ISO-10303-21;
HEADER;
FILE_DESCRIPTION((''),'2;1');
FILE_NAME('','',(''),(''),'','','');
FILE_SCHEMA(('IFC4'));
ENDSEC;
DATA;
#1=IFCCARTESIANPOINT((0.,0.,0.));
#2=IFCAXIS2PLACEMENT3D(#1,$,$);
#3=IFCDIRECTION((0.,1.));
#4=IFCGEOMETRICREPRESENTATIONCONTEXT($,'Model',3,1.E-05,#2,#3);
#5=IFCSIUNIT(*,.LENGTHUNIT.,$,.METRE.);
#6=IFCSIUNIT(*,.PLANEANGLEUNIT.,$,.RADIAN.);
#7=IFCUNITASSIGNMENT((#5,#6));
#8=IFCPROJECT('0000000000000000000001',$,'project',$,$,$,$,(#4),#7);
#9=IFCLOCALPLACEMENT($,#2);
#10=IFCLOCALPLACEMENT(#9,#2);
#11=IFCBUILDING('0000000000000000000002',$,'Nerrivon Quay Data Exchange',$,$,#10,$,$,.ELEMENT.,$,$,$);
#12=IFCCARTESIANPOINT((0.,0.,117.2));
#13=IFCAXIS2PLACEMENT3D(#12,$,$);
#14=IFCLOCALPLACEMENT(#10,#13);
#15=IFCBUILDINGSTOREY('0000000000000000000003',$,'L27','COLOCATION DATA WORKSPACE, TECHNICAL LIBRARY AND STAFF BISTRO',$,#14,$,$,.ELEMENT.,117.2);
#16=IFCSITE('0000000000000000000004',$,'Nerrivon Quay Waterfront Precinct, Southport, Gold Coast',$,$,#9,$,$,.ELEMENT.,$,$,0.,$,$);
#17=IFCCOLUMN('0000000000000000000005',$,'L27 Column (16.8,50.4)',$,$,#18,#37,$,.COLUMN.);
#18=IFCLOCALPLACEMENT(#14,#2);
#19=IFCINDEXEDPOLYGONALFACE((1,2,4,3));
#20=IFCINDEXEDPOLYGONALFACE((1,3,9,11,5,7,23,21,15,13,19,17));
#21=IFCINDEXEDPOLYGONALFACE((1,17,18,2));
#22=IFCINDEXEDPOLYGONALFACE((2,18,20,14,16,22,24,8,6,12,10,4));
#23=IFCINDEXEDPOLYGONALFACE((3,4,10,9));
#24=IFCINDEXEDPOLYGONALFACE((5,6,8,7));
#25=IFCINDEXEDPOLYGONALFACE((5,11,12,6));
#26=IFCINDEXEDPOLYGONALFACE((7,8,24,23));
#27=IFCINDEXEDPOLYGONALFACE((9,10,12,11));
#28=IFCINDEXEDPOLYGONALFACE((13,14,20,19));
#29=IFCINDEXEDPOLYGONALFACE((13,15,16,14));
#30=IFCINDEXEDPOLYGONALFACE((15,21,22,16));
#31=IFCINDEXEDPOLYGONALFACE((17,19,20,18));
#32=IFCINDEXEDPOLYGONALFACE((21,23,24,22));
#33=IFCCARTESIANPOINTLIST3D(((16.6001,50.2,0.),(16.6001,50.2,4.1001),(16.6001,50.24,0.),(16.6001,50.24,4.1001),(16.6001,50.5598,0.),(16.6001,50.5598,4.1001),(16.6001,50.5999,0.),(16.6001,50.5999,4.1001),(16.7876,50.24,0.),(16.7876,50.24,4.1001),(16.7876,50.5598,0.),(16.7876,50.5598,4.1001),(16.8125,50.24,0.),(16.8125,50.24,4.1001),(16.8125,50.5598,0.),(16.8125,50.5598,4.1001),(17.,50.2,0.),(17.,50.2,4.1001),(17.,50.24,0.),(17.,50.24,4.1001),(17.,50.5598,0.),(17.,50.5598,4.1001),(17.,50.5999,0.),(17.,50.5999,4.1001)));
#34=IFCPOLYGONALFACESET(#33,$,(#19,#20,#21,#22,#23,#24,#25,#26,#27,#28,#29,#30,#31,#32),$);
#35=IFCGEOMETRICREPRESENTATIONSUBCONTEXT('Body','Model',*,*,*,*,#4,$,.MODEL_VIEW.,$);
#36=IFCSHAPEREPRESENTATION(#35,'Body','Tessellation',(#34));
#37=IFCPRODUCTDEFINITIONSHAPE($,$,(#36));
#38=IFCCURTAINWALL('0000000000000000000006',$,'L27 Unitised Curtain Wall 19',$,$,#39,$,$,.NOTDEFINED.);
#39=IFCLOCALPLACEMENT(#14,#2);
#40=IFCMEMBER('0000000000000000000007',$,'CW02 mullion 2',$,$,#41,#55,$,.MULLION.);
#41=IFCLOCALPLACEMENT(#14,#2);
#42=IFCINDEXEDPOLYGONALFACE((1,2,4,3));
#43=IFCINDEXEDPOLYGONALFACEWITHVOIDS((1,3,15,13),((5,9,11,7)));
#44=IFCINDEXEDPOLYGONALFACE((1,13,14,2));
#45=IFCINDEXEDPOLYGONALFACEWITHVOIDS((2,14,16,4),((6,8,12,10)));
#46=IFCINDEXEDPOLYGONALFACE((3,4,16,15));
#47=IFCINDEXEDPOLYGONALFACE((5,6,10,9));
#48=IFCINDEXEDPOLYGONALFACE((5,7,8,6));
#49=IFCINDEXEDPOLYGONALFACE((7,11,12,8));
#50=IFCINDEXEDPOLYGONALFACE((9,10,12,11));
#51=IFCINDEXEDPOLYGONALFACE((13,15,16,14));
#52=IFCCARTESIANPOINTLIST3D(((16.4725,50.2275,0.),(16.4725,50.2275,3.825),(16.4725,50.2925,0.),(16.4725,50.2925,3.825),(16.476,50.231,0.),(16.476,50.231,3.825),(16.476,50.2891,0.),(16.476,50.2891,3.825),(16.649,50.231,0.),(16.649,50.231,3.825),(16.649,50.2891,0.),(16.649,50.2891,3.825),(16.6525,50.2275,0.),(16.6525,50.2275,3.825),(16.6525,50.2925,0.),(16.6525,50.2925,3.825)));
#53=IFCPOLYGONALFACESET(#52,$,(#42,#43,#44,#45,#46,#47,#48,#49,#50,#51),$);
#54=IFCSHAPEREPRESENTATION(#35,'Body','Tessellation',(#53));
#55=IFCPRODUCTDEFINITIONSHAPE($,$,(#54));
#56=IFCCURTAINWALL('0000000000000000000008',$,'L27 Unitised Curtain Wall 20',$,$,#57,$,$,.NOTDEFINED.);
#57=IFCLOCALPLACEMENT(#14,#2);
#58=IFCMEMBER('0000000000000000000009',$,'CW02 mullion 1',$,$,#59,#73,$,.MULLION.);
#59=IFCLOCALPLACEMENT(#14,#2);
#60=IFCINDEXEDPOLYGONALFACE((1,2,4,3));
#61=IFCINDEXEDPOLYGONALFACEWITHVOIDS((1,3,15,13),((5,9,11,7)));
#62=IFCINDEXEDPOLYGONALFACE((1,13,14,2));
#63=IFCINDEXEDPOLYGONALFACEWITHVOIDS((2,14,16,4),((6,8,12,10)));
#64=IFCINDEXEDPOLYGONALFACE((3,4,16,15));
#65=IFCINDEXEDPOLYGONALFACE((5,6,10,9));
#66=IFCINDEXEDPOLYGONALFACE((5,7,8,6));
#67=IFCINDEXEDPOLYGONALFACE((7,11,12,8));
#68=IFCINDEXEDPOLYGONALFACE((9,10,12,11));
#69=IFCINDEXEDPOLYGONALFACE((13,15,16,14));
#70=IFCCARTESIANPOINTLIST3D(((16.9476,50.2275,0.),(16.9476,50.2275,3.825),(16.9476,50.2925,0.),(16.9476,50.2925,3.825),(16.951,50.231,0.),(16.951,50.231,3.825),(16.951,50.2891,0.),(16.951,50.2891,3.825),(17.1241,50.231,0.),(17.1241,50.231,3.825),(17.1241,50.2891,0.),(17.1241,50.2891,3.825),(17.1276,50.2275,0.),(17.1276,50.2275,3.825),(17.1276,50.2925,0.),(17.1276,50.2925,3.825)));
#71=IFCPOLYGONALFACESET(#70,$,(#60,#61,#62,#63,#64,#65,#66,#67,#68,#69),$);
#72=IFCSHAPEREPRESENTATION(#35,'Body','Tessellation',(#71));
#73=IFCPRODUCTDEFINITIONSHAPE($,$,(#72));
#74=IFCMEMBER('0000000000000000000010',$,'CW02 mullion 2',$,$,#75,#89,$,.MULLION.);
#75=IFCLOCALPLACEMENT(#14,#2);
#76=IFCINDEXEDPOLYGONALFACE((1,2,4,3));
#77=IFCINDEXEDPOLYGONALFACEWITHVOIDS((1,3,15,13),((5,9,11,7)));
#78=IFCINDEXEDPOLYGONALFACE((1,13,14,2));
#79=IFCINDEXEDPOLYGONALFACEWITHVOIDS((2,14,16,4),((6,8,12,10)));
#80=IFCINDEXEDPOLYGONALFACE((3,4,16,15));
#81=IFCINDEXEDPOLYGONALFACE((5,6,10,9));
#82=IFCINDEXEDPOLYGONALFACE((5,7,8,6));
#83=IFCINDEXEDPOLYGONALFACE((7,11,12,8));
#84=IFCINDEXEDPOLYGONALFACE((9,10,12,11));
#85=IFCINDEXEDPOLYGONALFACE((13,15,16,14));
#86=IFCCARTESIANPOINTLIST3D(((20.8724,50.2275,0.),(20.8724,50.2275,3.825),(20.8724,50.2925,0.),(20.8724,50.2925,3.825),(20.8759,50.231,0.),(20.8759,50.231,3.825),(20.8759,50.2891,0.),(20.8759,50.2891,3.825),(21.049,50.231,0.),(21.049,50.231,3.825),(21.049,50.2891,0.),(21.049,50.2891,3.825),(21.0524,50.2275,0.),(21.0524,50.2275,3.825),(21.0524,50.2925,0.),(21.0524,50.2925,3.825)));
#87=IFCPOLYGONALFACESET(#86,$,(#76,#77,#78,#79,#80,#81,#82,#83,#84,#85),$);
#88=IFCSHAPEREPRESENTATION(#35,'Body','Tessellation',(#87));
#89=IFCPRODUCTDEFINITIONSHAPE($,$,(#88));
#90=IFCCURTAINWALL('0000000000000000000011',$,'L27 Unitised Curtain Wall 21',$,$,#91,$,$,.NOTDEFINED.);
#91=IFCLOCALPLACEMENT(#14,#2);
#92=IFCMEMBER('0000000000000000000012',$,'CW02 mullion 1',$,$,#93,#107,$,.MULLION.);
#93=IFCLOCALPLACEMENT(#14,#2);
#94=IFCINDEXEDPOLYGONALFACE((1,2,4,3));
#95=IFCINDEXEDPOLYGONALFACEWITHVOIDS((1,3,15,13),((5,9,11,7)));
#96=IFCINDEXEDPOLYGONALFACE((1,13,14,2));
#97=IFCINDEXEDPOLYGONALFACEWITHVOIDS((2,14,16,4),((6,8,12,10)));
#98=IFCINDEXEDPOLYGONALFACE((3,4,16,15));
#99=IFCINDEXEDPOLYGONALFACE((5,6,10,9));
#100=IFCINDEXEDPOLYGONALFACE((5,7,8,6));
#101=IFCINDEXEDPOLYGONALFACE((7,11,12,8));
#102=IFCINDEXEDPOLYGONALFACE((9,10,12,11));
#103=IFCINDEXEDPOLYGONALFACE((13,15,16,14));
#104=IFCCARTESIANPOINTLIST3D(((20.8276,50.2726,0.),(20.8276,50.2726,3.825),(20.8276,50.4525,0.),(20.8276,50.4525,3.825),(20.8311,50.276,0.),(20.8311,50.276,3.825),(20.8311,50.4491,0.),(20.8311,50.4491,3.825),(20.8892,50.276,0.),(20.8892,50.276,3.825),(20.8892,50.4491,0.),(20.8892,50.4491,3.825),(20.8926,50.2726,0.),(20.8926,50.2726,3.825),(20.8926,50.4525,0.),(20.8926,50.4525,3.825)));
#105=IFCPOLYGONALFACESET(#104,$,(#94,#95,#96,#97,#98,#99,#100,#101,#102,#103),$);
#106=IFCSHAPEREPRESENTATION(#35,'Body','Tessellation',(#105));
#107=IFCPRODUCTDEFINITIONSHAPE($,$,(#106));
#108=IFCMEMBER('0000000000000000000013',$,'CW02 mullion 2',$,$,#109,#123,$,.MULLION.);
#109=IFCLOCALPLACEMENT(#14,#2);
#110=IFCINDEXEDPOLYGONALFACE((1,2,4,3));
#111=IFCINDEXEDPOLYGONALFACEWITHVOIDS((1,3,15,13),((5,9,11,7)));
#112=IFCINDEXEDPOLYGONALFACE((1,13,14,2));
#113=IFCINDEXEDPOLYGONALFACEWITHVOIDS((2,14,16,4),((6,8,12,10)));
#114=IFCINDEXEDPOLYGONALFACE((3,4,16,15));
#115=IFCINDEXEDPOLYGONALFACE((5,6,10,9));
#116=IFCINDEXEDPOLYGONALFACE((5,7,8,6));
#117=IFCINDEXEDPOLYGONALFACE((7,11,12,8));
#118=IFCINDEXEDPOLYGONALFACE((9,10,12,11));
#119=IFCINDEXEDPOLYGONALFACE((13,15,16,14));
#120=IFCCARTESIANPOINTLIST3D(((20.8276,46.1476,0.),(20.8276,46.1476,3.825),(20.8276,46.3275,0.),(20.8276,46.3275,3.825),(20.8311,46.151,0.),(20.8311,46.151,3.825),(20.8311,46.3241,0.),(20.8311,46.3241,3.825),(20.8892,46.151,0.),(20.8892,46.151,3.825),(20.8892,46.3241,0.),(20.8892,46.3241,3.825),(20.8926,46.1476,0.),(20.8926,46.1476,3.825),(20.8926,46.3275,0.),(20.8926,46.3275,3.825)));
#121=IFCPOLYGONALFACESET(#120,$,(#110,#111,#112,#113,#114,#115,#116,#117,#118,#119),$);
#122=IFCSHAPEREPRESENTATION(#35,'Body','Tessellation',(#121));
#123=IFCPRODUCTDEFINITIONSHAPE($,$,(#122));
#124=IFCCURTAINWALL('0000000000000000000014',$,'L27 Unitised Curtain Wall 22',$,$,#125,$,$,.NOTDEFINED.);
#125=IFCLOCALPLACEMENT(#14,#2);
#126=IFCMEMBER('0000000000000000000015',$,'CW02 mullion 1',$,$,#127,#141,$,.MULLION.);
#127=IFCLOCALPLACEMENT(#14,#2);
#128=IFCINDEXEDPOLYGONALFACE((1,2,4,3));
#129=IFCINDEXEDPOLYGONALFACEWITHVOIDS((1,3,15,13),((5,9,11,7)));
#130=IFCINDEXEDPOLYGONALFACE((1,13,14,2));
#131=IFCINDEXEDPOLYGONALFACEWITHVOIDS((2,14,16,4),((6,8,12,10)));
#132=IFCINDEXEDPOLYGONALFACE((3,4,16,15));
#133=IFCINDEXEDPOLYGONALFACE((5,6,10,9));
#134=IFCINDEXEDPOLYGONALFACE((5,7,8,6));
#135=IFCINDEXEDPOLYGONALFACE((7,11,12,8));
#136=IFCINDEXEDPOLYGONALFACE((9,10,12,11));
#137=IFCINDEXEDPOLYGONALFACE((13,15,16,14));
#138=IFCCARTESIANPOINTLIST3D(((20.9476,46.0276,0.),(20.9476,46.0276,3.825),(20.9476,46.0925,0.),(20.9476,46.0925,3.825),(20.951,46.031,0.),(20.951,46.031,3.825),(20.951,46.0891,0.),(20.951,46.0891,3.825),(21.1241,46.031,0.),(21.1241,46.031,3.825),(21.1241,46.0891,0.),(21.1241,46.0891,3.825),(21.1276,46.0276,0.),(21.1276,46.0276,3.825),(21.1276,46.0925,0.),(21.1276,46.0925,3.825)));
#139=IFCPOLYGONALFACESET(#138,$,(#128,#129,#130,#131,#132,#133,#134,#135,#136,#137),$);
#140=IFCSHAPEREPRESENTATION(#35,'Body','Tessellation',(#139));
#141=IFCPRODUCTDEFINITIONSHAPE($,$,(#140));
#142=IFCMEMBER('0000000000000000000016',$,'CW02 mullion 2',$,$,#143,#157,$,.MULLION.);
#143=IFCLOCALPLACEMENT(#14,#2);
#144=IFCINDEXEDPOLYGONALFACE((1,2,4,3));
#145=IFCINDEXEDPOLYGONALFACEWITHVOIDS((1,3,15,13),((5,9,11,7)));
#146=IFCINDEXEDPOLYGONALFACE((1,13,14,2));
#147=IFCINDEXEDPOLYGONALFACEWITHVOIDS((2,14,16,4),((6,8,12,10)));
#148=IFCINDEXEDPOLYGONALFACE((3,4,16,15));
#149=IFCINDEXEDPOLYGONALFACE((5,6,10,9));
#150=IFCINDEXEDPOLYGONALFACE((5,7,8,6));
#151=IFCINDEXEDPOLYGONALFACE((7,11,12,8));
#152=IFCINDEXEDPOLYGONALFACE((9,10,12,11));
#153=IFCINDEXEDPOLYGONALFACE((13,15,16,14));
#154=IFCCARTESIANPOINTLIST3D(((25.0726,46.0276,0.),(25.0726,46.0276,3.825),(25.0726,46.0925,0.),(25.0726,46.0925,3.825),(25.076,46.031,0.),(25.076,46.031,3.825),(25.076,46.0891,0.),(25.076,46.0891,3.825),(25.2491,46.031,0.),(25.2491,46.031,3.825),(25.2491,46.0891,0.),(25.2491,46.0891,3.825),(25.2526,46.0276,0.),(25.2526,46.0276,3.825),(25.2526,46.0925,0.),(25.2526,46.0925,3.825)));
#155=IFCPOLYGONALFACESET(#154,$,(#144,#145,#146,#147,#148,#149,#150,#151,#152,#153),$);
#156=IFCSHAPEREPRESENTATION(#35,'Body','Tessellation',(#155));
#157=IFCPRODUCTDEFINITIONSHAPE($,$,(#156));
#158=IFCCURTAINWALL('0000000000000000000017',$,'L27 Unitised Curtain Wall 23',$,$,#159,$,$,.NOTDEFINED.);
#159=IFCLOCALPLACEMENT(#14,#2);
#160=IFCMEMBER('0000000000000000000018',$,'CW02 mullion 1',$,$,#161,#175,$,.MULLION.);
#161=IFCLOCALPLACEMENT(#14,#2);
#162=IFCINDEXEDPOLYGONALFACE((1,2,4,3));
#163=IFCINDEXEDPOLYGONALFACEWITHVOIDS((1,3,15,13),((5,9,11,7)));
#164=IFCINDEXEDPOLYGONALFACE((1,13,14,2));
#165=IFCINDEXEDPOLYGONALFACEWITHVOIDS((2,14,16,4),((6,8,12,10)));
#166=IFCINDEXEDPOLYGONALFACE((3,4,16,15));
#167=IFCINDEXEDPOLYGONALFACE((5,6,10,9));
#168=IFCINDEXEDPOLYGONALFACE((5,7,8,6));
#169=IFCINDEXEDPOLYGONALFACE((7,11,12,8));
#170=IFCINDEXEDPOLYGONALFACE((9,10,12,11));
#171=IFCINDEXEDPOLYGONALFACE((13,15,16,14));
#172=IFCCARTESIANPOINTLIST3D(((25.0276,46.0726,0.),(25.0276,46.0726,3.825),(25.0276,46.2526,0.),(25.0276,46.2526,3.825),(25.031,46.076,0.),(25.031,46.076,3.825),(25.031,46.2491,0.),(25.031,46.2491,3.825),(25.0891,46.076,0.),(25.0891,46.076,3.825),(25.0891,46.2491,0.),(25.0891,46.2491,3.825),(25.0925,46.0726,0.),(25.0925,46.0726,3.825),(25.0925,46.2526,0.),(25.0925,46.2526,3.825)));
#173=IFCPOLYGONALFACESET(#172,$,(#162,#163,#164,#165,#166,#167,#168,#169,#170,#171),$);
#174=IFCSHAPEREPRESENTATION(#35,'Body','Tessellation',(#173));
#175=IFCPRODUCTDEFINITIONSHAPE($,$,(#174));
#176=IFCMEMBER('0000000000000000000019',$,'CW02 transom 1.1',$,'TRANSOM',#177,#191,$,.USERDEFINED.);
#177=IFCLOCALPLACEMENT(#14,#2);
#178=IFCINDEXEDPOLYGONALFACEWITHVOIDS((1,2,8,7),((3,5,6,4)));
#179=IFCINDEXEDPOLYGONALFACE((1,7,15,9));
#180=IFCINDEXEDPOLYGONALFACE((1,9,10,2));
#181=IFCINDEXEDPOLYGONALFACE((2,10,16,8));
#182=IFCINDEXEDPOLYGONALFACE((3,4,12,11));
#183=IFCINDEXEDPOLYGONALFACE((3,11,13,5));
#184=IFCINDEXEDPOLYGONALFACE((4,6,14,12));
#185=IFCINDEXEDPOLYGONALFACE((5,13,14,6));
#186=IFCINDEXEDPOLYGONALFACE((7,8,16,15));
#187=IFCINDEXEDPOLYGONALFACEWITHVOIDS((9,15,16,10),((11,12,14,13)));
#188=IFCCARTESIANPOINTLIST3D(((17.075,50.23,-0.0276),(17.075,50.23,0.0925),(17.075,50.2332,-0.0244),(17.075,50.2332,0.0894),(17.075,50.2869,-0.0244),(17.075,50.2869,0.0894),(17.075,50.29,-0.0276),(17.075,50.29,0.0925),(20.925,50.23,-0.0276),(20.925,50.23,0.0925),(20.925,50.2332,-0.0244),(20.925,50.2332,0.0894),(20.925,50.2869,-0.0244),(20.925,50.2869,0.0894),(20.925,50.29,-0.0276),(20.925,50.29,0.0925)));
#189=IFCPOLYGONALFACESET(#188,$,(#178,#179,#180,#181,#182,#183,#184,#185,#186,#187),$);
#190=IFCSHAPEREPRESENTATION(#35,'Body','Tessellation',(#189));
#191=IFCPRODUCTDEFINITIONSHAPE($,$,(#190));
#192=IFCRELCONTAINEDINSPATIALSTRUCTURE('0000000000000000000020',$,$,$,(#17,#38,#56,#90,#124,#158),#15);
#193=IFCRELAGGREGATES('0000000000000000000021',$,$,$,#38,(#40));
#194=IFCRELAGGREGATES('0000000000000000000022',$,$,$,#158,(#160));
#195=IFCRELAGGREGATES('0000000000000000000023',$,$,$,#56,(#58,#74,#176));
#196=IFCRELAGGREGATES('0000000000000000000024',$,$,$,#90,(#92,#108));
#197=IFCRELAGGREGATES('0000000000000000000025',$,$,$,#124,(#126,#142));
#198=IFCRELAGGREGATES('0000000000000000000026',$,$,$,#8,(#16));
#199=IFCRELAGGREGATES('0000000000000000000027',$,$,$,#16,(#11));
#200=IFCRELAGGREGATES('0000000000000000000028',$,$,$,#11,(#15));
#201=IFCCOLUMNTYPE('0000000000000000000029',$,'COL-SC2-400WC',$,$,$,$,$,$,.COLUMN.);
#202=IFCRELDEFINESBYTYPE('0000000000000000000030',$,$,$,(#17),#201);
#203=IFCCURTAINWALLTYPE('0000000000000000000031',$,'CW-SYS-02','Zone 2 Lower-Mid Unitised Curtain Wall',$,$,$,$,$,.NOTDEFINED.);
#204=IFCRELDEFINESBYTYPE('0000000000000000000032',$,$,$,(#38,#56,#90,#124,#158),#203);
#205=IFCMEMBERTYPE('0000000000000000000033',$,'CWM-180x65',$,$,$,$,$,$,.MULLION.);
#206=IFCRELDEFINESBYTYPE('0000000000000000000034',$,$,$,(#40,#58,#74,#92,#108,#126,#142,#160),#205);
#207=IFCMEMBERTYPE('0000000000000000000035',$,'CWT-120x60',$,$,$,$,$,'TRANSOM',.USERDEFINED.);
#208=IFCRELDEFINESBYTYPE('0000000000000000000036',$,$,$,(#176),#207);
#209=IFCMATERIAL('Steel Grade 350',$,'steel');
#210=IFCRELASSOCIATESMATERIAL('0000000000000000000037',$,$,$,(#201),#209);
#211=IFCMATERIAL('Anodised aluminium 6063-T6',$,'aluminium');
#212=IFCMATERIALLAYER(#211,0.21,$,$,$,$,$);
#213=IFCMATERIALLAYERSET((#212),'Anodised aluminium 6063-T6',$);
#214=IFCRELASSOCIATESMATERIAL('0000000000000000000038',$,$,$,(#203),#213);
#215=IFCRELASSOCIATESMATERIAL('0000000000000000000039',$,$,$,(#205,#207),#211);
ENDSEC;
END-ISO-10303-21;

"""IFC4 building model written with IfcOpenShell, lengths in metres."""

from ifc_helpers import new_model, si_unit, direction, frame, origin, origin_2d, place, context, subcontext, project, spatial, hollow_rectangle, i_section, extrude, material, layer, layer_set, material_profile, profile_set, type_object, element, aggregate, save


model = new_model("IFC4")

# Units and contexts
model_context = context("Model", 3, precision=1e-05, world=origin(), true_north=direction((0.0, 1.0)))
body_context = subcontext(model_context, "Body", "Model", "MODEL_VIEW")
ifc_project = project(units=[si_unit("LENGTHUNIT", "METRE"), si_unit("PLANEANGLEUNIT", "RADIAN")], contexts=[model_context])

# Site, building, storey
site_placement = place(None, origin())
site = spatial("IfcSite", under=ifc_project, at=site_placement, Name="Nerrivon Quay Waterfront Precinct, Southport, Gold Coast", CompositionType="ELEMENT", RefElevation=0.0)
building_placement = place(site_placement, origin())
building = spatial("IfcBuilding", under=site, at=building_placement, Name="Nerrivon Quay Data Exchange", CompositionType="ELEMENT")
storey_placement = place(building_placement, frame((0.0, 0.0, 117.2)))
storey = spatial("IfcBuildingStorey", under=building, at=storey_placement, Name="L27", Description="COLOCATION DATA WORKSPACE, TECHNICAL LIBRARY AND STAFF BISTRO", CompositionType="ELEMENT", Elevation=117.2)

# Column
ifc_material_1 = material(Name="Steel Grade 350", Category="steel")
ifc_material_profile_1 = material_profile(ifc_material_1, i_section(OverallWidth=0.3999, OverallDepth=0.3999, WebThickness=0.0249, FlangeThickness=0.04, at=origin_2d()), Name="400WC328")
ifc_profile_set_1 = profile_set([ifc_material_profile_1], Name="Steel Grade 350")
column_type = type_object("IfcColumnType", Name="COL-SC2-400WC", PredefinedType="COLUMN", material=ifc_profile_set_1)
column_placement = place(storey_placement, frame((16.8, 50.3999, 0.0), z_axis=(0.0, 0.0, 1.0), x_axis=(1.0, 0.0, 0.0)))
element("IfcColumn", 1, at=column_placement, inside=storey, type_object=column_type, Name="L27 Column (16.8,50.4)", PredefinedType="COLUMN", context=body_context, shape_type="SweptSolid", body=[
    extrude(i_section(OverallWidth=0.3999, OverallDepth=0.3999, WebThickness=0.0249, FlangeThickness=0.04, at=origin_2d()), origin(), (0.0, 0.0, 1.0), 4.1001),
])

# Curtain wall, member
ifc_material_2 = material(Name="Anodised aluminium 6063-T6", Category="aluminium")
ifc_layer_1 = layer(ifc_material_2, 0.21)
ifc_layer_set_1 = layer_set([ifc_layer_1], Name="Anodised aluminium 6063-T6")
curtain_wall_type = type_object("IfcCurtainWallType", Name="CW-SYS-02", Description="Zone 2 Lower-Mid Unitised Curtain Wall", PredefinedType="NOTDEFINED", material=ifc_layer_set_1)
curtain_wall_1_placement = place(storey_placement, origin())
curtain_wall_1 = element("IfcCurtainWall", 2, at=curtain_wall_1_placement, inside=storey, type_object=curtain_wall_type, Name="L27 Unitised Curtain Wall 19", PredefinedType="NOTDEFINED")
ifc_material_profile_2 = material_profile(ifc_material_2, hollow_rectangle(XDim=0.0649, YDim=0.1799, WallThickness=0.0034, at=origin_2d()), Name="ALU-MULL-180x65")
ifc_profile_set_2 = profile_set([ifc_material_profile_2], Name="Anodised aluminium 6063-T6")
member_type_1 = type_object("IfcMemberType", Name="CWM-180x65", PredefinedType="MULLION", material=ifc_profile_set_2)
member_1_placement = place(storey_placement, frame((16.5625, 50.26, 0.0), z_axis=(0.0, 0.0, 1.0), x_axis=(0.0, 1.0, 0.0)))
member_1 = element("IfcMember", 3, at=member_1_placement, type_object=member_type_1, Name="CW02 mullion 2", PredefinedType="MULLION", context=body_context, shape_type="SweptSolid", body=[
    extrude(hollow_rectangle(XDim=0.0649, YDim=0.1799, WallThickness=0.0034, at=origin_2d()), origin(), (0.0, 0.0, 1.0), 3.825),
])
aggregate(curtain_wall_1, [member_1])

# Curtain walls, members
curtain_wall_2_placement = place(storey_placement, origin())
curtain_wall_2 = element("IfcCurtainWall", 4, at=curtain_wall_2_placement, inside=storey, type_object=curtain_wall_type, Name="L27 Unitised Curtain Wall 20", PredefinedType="NOTDEFINED")
member_2_placement = place(storey_placement, frame((17.0376, 50.26, 0.0), z_axis=(0.0, 0.0, 1.0), x_axis=(0.0, 1.0, 0.0)))
member_2 = element("IfcMember", 5, at=member_2_placement, type_object=member_type_1, Name="CW02 mullion 1", PredefinedType="MULLION", context=body_context, shape_type="SweptSolid", body=[
    extrude(hollow_rectangle(XDim=0.0649, YDim=0.1799, WallThickness=0.0034, at=origin_2d()), origin(), (0.0, 0.0, 1.0), 3.825),
])
member_3_placement = place(storey_placement, frame((20.9624, 50.26, 0.0), z_axis=(0.0, 0.0, 1.0), x_axis=(0.0, 1.0, 0.0)))
member_3 = element("IfcMember", 6, at=member_3_placement, type_object=member_type_1, Name="CW02 mullion 2", PredefinedType="MULLION", context=body_context, shape_type="SweptSolid", body=[
    extrude(hollow_rectangle(XDim=0.0649, YDim=0.1799, WallThickness=0.0034, at=origin_2d()), origin(), (0.0, 0.0, 1.0), 3.825),
])
curtain_wall_3_placement = place(storey_placement, origin())
curtain_wall_3 = element("IfcCurtainWall", 7, at=curtain_wall_3_placement, inside=storey, type_object=curtain_wall_type, Name="L27 Unitised Curtain Wall 21", PredefinedType="NOTDEFINED")
member_4_placement = place(storey_placement, frame((20.8601, 50.3625, 0.0), z_axis=(0.0, 0.0, 1.0), x_axis=(1.0, 0.0, 0.0)))
member_4 = element("IfcMember", 8, at=member_4_placement, type_object=member_type_1, Name="CW02 mullion 1", PredefinedType="MULLION", context=body_context, shape_type="SweptSolid", body=[
    extrude(hollow_rectangle(XDim=0.0649, YDim=0.1799, WallThickness=0.0034, at=origin_2d()), origin(), (0.0, 0.0, 1.0), 3.825),
])
member_5_placement = place(storey_placement, frame((20.8601, 46.2375, 0.0), z_axis=(0.0, 0.0, 1.0), x_axis=(1.0, 0.0, 0.0)))
member_5 = element("IfcMember", 9, at=member_5_placement, type_object=member_type_1, Name="CW02 mullion 2", PredefinedType="MULLION", context=body_context, shape_type="SweptSolid", body=[
    extrude(hollow_rectangle(XDim=0.0649, YDim=0.1799, WallThickness=0.0034, at=origin_2d()), origin(), (0.0, 0.0, 1.0), 3.825),
])
curtain_wall_4_placement = place(storey_placement, origin())
curtain_wall_4 = element("IfcCurtainWall", 10, at=curtain_wall_4_placement, inside=storey, type_object=curtain_wall_type, Name="L27 Unitised Curtain Wall 22", PredefinedType="NOTDEFINED")
member_6_placement = place(storey_placement, frame((21.0376, 46.0601, 0.0), z_axis=(0.0, 0.0, 1.0), x_axis=(0.0, 1.0, 0.0)))
member_6 = element("IfcMember", 11, at=member_6_placement, type_object=member_type_1, Name="CW02 mullion 1", PredefinedType="MULLION", context=body_context, shape_type="SweptSolid", body=[
    extrude(hollow_rectangle(XDim=0.0649, YDim=0.1799, WallThickness=0.0034, at=origin_2d()), origin(), (0.0, 0.0, 1.0), 3.825),
])
member_7_placement = place(storey_placement, frame((25.1626, 46.0601, 0.0), z_axis=(0.0, 0.0, 1.0), x_axis=(0.0, 1.0, 0.0)))
member_7 = element("IfcMember", 12, at=member_7_placement, type_object=member_type_1, Name="CW02 mullion 2", PredefinedType="MULLION", context=body_context, shape_type="SweptSolid", body=[
    extrude(hollow_rectangle(XDim=0.0649, YDim=0.1799, WallThickness=0.0034, at=origin_2d()), origin(), (0.0, 0.0, 1.0), 3.825),
])

# Curtain wall, member
curtain_wall_5_placement = place(storey_placement, origin())
curtain_wall_5 = element("IfcCurtainWall", 13, at=curtain_wall_5_placement, inside=storey, type_object=curtain_wall_type, Name="L27 Unitised Curtain Wall 23", PredefinedType="NOTDEFINED")
member_8_placement = place(storey_placement, frame((25.0601, 46.1626, 0.0), z_axis=(0.0, 0.0, 1.0), x_axis=(1.0, 0.0, 0.0)))
member_8 = element("IfcMember", 14, at=member_8_placement, type_object=member_type_1, Name="CW02 mullion 1", PredefinedType="MULLION", context=body_context, shape_type="SweptSolid", body=[
    extrude(hollow_rectangle(XDim=0.0649, YDim=0.1799, WallThickness=0.0034, at=origin_2d()), origin(), (0.0, 0.0, 1.0), 3.825),
])

# Member
ifc_material_profile_3 = material_profile(ifc_material_2, hollow_rectangle(XDim=0.0601, YDim=0.1201, WallThickness=0.0032, at=origin_2d()), Name="ALU-TRAN-120x60")
ifc_profile_set_3 = profile_set([ifc_material_profile_3], Name="Anodised aluminium 6063-T6")
member_type_2 = type_object("IfcMemberType", Name="CWT-120x60", ElementType="TRANSOM", PredefinedType="USERDEFINED", material=ifc_profile_set_3)
member_9_placement = place(storey_placement, frame((17.075, 50.26, 0.0325), z_axis=(1.0, 0.0, 0.0), x_axis=(0.0, 1.0, 0.0)))
member_9 = element("IfcMember", 15, at=member_9_placement, type_object=member_type_2, Name="CW02 transom 1.1", ObjectType="TRANSOM", PredefinedType="USERDEFINED", context=body_context, shape_type="SweptSolid", body=[
    extrude(hollow_rectangle(XDim=0.0601, YDim=0.1201, WallThickness=0.0032, at=origin_2d()), origin(), (0.0, 0.0, 1.0), 3.8501),
])
aggregate(curtain_wall_5, [member_8])

aggregate(curtain_wall_2, [member_2, member_3, member_9])
aggregate(curtain_wall_3, [member_4, member_5])
aggregate(curtain_wall_4, [member_6, member_7])

save(model, "model.ifc")
